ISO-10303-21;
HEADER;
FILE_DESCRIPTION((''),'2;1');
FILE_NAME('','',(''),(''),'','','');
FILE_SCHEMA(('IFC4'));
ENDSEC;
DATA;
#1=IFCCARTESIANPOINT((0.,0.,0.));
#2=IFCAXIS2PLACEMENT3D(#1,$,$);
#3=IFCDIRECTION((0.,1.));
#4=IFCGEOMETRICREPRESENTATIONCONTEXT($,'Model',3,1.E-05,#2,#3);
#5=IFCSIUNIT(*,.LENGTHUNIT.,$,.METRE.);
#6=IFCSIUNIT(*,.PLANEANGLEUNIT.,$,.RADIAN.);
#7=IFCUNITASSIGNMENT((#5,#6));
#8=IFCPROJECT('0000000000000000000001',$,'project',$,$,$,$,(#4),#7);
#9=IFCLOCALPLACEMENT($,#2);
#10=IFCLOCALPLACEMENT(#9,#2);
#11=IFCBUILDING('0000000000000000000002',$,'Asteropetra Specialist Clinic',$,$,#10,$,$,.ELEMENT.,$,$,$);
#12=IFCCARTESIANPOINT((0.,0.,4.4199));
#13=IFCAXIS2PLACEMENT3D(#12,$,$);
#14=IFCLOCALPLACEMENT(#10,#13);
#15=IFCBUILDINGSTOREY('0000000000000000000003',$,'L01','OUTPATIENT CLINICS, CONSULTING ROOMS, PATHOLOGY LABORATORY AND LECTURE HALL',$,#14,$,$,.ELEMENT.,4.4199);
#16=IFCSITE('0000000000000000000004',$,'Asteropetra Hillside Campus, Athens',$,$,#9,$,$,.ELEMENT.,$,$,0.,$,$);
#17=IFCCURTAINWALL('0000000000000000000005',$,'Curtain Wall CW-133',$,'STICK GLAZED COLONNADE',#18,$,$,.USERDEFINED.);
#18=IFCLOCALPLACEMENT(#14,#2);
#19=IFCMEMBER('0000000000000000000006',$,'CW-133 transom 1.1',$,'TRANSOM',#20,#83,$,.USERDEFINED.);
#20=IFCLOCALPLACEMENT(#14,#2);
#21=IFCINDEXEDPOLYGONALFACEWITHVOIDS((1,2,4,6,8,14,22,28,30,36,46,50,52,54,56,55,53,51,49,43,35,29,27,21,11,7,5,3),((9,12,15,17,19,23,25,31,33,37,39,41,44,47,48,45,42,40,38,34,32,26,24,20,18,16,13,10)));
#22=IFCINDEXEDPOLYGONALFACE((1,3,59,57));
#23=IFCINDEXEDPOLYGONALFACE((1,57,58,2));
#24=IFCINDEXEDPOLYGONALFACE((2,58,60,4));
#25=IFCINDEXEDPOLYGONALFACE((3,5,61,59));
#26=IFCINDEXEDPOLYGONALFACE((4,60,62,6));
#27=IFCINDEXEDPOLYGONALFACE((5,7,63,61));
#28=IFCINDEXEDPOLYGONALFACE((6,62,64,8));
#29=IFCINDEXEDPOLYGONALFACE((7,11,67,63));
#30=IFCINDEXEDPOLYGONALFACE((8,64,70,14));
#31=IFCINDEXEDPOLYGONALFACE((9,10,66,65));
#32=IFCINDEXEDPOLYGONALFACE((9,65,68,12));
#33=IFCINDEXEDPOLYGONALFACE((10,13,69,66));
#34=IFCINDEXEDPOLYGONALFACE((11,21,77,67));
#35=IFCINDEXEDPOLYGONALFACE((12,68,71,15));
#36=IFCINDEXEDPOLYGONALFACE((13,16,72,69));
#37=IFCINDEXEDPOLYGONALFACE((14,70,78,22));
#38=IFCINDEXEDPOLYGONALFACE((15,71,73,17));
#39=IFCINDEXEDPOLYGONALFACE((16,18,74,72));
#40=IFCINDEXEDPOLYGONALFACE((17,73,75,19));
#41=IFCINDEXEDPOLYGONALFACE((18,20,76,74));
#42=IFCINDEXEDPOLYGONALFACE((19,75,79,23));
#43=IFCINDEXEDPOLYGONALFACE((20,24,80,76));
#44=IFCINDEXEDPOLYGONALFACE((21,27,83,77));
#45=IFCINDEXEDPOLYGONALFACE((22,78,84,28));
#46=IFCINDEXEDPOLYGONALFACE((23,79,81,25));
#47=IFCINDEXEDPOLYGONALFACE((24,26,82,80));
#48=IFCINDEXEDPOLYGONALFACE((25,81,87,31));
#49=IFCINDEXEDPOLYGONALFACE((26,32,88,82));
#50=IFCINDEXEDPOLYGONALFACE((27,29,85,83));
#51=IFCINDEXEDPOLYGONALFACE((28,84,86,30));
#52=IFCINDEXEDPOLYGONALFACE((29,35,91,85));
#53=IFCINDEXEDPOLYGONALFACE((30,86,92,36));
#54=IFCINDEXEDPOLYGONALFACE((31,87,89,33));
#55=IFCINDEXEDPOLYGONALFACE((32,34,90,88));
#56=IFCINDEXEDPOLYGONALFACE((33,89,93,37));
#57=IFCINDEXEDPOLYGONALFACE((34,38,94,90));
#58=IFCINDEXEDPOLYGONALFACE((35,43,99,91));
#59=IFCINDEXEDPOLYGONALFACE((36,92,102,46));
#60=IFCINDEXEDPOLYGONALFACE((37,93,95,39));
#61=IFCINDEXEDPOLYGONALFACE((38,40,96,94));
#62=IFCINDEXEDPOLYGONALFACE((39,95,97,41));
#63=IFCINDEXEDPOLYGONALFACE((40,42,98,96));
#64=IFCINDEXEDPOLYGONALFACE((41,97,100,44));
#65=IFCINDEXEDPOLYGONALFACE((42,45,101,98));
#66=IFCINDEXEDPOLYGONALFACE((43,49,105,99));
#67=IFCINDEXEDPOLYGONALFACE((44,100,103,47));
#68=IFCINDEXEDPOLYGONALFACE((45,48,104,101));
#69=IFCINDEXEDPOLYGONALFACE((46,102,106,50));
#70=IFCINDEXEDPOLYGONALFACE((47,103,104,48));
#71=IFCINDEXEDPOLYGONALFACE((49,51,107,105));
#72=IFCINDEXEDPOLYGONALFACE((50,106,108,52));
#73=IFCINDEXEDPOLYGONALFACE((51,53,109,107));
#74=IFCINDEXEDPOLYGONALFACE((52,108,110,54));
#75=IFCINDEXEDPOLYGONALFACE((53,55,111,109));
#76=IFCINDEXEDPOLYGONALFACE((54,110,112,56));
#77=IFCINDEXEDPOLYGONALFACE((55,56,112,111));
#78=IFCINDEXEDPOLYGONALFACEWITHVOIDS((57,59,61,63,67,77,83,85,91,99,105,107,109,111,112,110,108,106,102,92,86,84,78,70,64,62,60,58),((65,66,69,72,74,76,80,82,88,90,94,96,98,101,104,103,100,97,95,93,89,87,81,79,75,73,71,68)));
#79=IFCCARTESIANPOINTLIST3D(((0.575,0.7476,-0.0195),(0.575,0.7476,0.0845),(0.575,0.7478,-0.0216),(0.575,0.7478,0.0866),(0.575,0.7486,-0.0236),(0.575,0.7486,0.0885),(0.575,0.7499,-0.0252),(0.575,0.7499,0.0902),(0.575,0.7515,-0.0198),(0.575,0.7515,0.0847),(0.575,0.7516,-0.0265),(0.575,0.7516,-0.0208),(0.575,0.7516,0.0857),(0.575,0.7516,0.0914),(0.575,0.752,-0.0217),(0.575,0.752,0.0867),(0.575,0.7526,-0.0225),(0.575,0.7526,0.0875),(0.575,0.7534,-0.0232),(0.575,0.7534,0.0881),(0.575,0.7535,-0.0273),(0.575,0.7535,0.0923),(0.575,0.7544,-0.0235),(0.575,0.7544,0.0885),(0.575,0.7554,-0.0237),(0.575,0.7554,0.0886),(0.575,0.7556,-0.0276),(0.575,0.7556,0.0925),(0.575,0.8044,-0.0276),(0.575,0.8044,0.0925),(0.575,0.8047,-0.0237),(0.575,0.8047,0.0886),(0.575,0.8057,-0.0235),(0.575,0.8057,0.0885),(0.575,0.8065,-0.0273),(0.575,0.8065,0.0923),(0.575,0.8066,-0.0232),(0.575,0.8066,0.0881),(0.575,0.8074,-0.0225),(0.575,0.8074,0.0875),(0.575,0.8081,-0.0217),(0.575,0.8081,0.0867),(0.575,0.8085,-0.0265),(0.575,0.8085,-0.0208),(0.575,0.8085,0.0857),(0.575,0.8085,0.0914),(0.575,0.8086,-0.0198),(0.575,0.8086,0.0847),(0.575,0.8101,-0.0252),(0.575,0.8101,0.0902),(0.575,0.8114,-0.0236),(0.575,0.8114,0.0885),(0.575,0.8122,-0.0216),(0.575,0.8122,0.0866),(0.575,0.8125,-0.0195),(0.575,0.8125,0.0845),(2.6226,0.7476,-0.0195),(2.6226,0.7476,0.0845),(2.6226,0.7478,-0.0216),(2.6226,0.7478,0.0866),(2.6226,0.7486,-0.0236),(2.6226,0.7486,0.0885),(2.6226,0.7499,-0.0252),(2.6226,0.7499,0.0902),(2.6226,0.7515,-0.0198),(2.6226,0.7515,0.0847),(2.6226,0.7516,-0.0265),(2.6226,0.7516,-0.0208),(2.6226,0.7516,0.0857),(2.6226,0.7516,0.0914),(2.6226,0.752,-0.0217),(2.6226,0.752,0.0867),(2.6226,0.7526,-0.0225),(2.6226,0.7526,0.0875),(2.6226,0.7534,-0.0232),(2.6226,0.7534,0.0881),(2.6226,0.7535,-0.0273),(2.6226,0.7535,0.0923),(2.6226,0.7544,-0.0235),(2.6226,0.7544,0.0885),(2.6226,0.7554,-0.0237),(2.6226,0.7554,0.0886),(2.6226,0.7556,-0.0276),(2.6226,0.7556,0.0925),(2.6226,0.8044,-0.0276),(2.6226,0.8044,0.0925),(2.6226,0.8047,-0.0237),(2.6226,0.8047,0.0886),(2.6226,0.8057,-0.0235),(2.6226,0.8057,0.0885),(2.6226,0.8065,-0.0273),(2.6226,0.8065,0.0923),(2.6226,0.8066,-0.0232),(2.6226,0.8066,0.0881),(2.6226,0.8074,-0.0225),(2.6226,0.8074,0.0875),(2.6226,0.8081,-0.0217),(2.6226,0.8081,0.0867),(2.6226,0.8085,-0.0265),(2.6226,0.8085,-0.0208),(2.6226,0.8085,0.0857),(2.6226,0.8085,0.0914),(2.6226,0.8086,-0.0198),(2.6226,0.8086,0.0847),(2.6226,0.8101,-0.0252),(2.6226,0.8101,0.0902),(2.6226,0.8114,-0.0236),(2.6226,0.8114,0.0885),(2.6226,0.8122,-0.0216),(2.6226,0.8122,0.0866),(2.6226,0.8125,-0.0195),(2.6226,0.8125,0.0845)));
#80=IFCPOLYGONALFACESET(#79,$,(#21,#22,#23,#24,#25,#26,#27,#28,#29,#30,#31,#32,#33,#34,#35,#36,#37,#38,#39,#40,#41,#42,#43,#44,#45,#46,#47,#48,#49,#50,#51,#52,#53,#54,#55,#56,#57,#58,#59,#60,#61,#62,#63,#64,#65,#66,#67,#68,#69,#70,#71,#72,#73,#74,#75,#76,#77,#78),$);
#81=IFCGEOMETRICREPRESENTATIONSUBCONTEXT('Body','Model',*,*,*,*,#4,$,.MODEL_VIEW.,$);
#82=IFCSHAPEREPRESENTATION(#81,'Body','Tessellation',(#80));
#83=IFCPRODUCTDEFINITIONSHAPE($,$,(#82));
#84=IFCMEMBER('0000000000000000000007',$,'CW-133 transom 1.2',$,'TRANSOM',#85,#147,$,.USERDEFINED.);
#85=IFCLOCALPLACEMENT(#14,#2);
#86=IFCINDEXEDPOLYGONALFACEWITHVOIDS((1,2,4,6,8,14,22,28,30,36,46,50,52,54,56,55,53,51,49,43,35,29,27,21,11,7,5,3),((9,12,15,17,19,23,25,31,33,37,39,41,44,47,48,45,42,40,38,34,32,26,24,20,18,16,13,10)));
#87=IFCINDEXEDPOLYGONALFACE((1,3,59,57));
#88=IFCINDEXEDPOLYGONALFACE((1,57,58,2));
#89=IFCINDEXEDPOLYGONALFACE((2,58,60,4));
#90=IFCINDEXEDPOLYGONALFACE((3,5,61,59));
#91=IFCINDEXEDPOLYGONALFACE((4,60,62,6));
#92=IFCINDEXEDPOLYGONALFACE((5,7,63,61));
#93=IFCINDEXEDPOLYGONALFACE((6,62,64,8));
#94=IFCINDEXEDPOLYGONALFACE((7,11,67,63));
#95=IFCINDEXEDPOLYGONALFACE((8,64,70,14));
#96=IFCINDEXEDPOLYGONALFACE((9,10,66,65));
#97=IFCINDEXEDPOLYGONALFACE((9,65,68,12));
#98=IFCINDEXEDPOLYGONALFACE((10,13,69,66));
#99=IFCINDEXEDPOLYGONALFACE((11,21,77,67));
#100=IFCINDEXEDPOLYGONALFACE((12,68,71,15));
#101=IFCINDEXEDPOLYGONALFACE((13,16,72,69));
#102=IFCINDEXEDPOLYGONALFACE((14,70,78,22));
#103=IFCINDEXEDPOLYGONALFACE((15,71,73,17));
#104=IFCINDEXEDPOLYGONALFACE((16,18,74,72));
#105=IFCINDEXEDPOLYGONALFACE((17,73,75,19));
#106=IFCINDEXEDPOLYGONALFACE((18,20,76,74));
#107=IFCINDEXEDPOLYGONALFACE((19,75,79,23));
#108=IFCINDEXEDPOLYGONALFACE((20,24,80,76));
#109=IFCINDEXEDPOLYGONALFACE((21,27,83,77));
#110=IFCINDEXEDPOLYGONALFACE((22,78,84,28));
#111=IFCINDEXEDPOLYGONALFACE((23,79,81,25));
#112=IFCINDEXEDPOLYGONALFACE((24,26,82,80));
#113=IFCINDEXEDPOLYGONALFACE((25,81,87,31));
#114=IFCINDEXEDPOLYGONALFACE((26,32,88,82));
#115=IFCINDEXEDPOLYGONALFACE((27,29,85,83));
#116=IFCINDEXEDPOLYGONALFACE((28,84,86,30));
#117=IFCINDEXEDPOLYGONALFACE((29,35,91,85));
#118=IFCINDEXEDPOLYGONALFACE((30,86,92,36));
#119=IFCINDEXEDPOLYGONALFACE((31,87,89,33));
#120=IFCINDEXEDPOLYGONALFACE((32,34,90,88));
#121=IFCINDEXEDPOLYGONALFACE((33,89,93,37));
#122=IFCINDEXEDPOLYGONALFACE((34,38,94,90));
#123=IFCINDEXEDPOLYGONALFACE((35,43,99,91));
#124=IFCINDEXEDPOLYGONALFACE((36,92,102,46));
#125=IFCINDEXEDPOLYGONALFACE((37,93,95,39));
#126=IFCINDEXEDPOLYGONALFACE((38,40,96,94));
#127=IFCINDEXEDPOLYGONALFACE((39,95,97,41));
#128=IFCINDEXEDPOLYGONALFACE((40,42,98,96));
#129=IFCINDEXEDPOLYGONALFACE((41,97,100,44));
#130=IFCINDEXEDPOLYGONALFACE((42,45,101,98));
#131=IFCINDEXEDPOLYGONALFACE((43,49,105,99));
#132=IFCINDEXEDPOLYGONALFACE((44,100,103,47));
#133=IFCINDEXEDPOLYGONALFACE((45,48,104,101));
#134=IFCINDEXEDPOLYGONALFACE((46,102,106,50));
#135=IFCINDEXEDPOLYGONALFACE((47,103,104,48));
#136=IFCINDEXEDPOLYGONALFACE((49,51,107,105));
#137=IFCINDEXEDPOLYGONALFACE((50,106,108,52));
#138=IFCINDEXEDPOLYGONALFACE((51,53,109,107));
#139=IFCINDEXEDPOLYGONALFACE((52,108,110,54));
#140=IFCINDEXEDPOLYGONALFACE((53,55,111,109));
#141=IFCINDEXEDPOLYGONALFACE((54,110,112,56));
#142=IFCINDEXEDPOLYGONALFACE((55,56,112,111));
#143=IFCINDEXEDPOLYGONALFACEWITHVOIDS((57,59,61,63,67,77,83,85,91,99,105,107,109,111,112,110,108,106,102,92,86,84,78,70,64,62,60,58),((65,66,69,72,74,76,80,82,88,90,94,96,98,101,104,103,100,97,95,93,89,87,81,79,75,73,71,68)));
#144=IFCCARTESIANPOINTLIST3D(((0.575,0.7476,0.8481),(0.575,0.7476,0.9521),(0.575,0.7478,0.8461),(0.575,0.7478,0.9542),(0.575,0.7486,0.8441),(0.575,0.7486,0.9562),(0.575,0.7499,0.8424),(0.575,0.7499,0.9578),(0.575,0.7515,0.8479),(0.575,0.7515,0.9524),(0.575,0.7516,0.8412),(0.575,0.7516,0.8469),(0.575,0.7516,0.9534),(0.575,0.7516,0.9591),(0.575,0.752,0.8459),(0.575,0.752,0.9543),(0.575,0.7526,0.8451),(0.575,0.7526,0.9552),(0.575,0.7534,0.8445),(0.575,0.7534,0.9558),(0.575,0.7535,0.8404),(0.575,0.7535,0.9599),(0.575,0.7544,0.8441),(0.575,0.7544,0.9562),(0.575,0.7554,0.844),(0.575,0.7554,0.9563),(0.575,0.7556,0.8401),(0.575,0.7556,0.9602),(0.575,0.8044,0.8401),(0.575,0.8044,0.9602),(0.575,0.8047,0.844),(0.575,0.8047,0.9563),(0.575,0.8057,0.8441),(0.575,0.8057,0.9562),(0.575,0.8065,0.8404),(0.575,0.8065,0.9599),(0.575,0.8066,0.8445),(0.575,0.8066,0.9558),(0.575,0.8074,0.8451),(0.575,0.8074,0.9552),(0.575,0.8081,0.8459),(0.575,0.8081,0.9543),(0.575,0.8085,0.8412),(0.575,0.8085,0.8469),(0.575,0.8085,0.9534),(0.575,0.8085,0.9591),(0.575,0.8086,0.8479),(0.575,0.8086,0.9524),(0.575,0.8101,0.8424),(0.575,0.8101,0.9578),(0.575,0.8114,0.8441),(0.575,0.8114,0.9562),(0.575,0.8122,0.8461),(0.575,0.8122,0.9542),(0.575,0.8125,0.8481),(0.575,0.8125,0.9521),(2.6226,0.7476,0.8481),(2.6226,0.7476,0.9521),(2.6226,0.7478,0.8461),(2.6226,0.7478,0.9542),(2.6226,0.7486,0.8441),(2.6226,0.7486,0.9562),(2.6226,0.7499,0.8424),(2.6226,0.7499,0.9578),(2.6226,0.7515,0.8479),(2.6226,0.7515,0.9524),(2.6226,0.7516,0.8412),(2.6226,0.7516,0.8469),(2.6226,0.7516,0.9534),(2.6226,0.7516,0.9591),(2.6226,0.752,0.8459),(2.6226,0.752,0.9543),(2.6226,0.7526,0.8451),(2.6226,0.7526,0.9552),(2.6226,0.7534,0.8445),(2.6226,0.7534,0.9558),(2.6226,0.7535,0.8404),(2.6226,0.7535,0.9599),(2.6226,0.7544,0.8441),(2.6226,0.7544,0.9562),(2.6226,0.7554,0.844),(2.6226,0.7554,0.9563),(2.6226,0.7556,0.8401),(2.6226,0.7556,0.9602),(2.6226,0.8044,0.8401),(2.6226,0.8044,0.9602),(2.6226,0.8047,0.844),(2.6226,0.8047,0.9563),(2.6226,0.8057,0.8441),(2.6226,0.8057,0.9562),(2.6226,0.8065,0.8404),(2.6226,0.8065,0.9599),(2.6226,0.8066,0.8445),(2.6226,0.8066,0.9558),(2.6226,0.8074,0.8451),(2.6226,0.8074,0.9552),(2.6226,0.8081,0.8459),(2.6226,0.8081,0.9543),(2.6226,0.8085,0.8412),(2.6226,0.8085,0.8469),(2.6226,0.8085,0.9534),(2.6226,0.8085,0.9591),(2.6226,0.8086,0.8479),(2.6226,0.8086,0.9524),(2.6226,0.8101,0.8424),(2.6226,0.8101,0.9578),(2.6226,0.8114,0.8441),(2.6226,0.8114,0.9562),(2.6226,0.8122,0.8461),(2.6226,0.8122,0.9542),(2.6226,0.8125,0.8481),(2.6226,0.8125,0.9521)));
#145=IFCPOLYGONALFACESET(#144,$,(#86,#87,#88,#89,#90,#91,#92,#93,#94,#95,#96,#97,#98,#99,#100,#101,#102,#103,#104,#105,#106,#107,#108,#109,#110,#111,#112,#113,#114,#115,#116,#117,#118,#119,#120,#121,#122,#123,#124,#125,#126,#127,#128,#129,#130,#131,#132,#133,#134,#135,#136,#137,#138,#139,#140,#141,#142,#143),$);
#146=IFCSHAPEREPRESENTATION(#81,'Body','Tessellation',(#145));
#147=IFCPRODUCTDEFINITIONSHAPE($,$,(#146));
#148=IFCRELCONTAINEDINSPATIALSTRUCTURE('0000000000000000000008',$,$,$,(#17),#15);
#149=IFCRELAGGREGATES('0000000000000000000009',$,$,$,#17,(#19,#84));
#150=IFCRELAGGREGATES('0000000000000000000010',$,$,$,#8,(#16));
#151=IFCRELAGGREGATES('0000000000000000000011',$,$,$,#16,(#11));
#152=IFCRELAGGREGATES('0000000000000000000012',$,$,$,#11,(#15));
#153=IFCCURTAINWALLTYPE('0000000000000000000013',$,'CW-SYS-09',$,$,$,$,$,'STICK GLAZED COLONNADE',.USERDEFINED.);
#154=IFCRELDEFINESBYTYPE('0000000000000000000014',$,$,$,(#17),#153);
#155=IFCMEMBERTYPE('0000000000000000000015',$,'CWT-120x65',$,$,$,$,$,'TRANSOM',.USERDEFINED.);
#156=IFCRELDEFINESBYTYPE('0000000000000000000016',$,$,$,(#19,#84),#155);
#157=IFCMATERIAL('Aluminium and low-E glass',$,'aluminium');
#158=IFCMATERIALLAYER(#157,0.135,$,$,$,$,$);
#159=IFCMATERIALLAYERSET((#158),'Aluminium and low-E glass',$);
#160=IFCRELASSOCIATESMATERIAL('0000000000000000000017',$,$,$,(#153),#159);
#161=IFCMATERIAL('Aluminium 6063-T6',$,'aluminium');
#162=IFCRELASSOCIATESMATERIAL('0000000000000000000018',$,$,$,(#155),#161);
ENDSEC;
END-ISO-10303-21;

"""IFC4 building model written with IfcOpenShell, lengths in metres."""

from ifc_helpers import new_model, si_unit, direction, frame, origin, origin_2d, place, context, subcontext, project, spatial, hollow_rectangle, extrude, material, layer, layer_set, material_profile, profile_set, type_object, element, aggregate, save


model = new_model("IFC4")

# Units and contexts
model_context = context("Model", 3, precision=1e-05, world=origin(), true_north=direction((0.0, 1.0)))
body_context = subcontext(model_context, "Body", "Model", "MODEL_VIEW")
ifc_project = project(units=[si_unit("LENGTHUNIT", "METRE"), si_unit("PLANEANGLEUNIT", "RADIAN")], contexts=[model_context])

# Site, building, storey
site_placement = place(None, origin())
site = spatial("IfcSite", under=ifc_project, at=site_placement, Name="Asteropetra Hillside Campus, Athens", CompositionType="ELEMENT", RefElevation=0.0)
building_placement = place(site_placement, origin())
building = spatial("IfcBuilding", under=site, at=building_placement, Name="Asteropetra Specialist Clinic", CompositionType="ELEMENT")
storey_placement = place(building_placement, frame((0.0, 0.0, 4.4199)))
storey = spatial("IfcBuildingStorey", under=building, at=storey_placement, Name="L01", Description="OUTPATIENT CLINICS, CONSULTING ROOMS, PATHOLOGY LABORATORY AND LECTURE HALL", CompositionType="ELEMENT", Elevation=4.4199)

# Curtain wall, members
ifc_material_1 = material(Name="Aluminium and low-E glass", Category="aluminium")
ifc_layer_1 = layer(ifc_material_1, 0.135)
ifc_layer_set_1 = layer_set([ifc_layer_1], Name="Aluminium and low-E glass")
curtain_wall_type = type_object("IfcCurtainWallType", Name="CW-SYS-09", ElementType="STICK GLAZED COLONNADE", PredefinedType="USERDEFINED", material=ifc_layer_set_1)
curtain_wall_placement = place(storey_placement, origin())
curtain_wall = element("IfcCurtainWall", 1, at=curtain_wall_placement, inside=storey, type_object=curtain_wall_type, Name="Curtain Wall CW-133", ObjectType="STICK GLAZED COLONNADE", PredefinedType="USERDEFINED")
ifc_material_2 = material(Name="Aluminium 6063-T6", Category="aluminium")
ifc_material_profile_1 = material_profile(ifc_material_2, hollow_rectangle(XDim=0.0649, YDim=0.1201, WallThickness=0.0039, InnerFilletRadius=0.0039, OuterFilletRadius=0.0081, at=origin_2d()), Name="TRN 120x65x4.0")
ifc_profile_set_1 = profile_set([ifc_material_profile_1], Name="Aluminium 6063-T6")
member_type_1 = type_object("IfcMemberType", Name="CWT-120x65", ElementType="TRANSOM", PredefinedType="USERDEFINED", material=ifc_profile_set_1)
member_1_placement = place(storey_placement, frame((0.575, 0.78, 0.0325), z_axis=(1.0, 0.0, 0.0), x_axis=(0.0, 1.0, 0.0)))
member_1 = element("IfcMember", 2, at=member_1_placement, type_object=member_type_1, Name="CW-133 transom 1.1", ObjectType="TRANSOM", PredefinedType="USERDEFINED", context=body_context, shape_type="SweptSolid", body=[
    extrude(hollow_rectangle(XDim=0.0649, YDim=0.1201, WallThickness=0.0039, InnerFilletRadius=0.0039, OuterFilletRadius=0.0081, at=origin_2d()), origin(), (0.0, 0.0, 1.0), 2.0476),
])
member_2_placement = place(storey_placement, frame((0.575, 0.78, 0.9001), z_axis=(1.0, 0.0, 0.0), x_axis=(0.0, 1.0, 0.0)))
member_2 = element("IfcMember", 3, at=member_2_placement, type_object=member_type_1, Name="CW-133 transom 1.2", ObjectType="TRANSOM", PredefinedType="USERDEFINED", context=body_context, shape_type="SweptSolid", body=[
    extrude(hollow_rectangle(XDim=0.0649, YDim=0.1201, WallThickness=0.0039, InnerFilletRadius=0.0039, OuterFilletRadius=0.0081, at=origin_2d()), origin(), (0.0, 0.0, 1.0), 2.0476),
])
aggregate(curtain_wall, [member_1, member_2])

save(model, "model.ifc")
